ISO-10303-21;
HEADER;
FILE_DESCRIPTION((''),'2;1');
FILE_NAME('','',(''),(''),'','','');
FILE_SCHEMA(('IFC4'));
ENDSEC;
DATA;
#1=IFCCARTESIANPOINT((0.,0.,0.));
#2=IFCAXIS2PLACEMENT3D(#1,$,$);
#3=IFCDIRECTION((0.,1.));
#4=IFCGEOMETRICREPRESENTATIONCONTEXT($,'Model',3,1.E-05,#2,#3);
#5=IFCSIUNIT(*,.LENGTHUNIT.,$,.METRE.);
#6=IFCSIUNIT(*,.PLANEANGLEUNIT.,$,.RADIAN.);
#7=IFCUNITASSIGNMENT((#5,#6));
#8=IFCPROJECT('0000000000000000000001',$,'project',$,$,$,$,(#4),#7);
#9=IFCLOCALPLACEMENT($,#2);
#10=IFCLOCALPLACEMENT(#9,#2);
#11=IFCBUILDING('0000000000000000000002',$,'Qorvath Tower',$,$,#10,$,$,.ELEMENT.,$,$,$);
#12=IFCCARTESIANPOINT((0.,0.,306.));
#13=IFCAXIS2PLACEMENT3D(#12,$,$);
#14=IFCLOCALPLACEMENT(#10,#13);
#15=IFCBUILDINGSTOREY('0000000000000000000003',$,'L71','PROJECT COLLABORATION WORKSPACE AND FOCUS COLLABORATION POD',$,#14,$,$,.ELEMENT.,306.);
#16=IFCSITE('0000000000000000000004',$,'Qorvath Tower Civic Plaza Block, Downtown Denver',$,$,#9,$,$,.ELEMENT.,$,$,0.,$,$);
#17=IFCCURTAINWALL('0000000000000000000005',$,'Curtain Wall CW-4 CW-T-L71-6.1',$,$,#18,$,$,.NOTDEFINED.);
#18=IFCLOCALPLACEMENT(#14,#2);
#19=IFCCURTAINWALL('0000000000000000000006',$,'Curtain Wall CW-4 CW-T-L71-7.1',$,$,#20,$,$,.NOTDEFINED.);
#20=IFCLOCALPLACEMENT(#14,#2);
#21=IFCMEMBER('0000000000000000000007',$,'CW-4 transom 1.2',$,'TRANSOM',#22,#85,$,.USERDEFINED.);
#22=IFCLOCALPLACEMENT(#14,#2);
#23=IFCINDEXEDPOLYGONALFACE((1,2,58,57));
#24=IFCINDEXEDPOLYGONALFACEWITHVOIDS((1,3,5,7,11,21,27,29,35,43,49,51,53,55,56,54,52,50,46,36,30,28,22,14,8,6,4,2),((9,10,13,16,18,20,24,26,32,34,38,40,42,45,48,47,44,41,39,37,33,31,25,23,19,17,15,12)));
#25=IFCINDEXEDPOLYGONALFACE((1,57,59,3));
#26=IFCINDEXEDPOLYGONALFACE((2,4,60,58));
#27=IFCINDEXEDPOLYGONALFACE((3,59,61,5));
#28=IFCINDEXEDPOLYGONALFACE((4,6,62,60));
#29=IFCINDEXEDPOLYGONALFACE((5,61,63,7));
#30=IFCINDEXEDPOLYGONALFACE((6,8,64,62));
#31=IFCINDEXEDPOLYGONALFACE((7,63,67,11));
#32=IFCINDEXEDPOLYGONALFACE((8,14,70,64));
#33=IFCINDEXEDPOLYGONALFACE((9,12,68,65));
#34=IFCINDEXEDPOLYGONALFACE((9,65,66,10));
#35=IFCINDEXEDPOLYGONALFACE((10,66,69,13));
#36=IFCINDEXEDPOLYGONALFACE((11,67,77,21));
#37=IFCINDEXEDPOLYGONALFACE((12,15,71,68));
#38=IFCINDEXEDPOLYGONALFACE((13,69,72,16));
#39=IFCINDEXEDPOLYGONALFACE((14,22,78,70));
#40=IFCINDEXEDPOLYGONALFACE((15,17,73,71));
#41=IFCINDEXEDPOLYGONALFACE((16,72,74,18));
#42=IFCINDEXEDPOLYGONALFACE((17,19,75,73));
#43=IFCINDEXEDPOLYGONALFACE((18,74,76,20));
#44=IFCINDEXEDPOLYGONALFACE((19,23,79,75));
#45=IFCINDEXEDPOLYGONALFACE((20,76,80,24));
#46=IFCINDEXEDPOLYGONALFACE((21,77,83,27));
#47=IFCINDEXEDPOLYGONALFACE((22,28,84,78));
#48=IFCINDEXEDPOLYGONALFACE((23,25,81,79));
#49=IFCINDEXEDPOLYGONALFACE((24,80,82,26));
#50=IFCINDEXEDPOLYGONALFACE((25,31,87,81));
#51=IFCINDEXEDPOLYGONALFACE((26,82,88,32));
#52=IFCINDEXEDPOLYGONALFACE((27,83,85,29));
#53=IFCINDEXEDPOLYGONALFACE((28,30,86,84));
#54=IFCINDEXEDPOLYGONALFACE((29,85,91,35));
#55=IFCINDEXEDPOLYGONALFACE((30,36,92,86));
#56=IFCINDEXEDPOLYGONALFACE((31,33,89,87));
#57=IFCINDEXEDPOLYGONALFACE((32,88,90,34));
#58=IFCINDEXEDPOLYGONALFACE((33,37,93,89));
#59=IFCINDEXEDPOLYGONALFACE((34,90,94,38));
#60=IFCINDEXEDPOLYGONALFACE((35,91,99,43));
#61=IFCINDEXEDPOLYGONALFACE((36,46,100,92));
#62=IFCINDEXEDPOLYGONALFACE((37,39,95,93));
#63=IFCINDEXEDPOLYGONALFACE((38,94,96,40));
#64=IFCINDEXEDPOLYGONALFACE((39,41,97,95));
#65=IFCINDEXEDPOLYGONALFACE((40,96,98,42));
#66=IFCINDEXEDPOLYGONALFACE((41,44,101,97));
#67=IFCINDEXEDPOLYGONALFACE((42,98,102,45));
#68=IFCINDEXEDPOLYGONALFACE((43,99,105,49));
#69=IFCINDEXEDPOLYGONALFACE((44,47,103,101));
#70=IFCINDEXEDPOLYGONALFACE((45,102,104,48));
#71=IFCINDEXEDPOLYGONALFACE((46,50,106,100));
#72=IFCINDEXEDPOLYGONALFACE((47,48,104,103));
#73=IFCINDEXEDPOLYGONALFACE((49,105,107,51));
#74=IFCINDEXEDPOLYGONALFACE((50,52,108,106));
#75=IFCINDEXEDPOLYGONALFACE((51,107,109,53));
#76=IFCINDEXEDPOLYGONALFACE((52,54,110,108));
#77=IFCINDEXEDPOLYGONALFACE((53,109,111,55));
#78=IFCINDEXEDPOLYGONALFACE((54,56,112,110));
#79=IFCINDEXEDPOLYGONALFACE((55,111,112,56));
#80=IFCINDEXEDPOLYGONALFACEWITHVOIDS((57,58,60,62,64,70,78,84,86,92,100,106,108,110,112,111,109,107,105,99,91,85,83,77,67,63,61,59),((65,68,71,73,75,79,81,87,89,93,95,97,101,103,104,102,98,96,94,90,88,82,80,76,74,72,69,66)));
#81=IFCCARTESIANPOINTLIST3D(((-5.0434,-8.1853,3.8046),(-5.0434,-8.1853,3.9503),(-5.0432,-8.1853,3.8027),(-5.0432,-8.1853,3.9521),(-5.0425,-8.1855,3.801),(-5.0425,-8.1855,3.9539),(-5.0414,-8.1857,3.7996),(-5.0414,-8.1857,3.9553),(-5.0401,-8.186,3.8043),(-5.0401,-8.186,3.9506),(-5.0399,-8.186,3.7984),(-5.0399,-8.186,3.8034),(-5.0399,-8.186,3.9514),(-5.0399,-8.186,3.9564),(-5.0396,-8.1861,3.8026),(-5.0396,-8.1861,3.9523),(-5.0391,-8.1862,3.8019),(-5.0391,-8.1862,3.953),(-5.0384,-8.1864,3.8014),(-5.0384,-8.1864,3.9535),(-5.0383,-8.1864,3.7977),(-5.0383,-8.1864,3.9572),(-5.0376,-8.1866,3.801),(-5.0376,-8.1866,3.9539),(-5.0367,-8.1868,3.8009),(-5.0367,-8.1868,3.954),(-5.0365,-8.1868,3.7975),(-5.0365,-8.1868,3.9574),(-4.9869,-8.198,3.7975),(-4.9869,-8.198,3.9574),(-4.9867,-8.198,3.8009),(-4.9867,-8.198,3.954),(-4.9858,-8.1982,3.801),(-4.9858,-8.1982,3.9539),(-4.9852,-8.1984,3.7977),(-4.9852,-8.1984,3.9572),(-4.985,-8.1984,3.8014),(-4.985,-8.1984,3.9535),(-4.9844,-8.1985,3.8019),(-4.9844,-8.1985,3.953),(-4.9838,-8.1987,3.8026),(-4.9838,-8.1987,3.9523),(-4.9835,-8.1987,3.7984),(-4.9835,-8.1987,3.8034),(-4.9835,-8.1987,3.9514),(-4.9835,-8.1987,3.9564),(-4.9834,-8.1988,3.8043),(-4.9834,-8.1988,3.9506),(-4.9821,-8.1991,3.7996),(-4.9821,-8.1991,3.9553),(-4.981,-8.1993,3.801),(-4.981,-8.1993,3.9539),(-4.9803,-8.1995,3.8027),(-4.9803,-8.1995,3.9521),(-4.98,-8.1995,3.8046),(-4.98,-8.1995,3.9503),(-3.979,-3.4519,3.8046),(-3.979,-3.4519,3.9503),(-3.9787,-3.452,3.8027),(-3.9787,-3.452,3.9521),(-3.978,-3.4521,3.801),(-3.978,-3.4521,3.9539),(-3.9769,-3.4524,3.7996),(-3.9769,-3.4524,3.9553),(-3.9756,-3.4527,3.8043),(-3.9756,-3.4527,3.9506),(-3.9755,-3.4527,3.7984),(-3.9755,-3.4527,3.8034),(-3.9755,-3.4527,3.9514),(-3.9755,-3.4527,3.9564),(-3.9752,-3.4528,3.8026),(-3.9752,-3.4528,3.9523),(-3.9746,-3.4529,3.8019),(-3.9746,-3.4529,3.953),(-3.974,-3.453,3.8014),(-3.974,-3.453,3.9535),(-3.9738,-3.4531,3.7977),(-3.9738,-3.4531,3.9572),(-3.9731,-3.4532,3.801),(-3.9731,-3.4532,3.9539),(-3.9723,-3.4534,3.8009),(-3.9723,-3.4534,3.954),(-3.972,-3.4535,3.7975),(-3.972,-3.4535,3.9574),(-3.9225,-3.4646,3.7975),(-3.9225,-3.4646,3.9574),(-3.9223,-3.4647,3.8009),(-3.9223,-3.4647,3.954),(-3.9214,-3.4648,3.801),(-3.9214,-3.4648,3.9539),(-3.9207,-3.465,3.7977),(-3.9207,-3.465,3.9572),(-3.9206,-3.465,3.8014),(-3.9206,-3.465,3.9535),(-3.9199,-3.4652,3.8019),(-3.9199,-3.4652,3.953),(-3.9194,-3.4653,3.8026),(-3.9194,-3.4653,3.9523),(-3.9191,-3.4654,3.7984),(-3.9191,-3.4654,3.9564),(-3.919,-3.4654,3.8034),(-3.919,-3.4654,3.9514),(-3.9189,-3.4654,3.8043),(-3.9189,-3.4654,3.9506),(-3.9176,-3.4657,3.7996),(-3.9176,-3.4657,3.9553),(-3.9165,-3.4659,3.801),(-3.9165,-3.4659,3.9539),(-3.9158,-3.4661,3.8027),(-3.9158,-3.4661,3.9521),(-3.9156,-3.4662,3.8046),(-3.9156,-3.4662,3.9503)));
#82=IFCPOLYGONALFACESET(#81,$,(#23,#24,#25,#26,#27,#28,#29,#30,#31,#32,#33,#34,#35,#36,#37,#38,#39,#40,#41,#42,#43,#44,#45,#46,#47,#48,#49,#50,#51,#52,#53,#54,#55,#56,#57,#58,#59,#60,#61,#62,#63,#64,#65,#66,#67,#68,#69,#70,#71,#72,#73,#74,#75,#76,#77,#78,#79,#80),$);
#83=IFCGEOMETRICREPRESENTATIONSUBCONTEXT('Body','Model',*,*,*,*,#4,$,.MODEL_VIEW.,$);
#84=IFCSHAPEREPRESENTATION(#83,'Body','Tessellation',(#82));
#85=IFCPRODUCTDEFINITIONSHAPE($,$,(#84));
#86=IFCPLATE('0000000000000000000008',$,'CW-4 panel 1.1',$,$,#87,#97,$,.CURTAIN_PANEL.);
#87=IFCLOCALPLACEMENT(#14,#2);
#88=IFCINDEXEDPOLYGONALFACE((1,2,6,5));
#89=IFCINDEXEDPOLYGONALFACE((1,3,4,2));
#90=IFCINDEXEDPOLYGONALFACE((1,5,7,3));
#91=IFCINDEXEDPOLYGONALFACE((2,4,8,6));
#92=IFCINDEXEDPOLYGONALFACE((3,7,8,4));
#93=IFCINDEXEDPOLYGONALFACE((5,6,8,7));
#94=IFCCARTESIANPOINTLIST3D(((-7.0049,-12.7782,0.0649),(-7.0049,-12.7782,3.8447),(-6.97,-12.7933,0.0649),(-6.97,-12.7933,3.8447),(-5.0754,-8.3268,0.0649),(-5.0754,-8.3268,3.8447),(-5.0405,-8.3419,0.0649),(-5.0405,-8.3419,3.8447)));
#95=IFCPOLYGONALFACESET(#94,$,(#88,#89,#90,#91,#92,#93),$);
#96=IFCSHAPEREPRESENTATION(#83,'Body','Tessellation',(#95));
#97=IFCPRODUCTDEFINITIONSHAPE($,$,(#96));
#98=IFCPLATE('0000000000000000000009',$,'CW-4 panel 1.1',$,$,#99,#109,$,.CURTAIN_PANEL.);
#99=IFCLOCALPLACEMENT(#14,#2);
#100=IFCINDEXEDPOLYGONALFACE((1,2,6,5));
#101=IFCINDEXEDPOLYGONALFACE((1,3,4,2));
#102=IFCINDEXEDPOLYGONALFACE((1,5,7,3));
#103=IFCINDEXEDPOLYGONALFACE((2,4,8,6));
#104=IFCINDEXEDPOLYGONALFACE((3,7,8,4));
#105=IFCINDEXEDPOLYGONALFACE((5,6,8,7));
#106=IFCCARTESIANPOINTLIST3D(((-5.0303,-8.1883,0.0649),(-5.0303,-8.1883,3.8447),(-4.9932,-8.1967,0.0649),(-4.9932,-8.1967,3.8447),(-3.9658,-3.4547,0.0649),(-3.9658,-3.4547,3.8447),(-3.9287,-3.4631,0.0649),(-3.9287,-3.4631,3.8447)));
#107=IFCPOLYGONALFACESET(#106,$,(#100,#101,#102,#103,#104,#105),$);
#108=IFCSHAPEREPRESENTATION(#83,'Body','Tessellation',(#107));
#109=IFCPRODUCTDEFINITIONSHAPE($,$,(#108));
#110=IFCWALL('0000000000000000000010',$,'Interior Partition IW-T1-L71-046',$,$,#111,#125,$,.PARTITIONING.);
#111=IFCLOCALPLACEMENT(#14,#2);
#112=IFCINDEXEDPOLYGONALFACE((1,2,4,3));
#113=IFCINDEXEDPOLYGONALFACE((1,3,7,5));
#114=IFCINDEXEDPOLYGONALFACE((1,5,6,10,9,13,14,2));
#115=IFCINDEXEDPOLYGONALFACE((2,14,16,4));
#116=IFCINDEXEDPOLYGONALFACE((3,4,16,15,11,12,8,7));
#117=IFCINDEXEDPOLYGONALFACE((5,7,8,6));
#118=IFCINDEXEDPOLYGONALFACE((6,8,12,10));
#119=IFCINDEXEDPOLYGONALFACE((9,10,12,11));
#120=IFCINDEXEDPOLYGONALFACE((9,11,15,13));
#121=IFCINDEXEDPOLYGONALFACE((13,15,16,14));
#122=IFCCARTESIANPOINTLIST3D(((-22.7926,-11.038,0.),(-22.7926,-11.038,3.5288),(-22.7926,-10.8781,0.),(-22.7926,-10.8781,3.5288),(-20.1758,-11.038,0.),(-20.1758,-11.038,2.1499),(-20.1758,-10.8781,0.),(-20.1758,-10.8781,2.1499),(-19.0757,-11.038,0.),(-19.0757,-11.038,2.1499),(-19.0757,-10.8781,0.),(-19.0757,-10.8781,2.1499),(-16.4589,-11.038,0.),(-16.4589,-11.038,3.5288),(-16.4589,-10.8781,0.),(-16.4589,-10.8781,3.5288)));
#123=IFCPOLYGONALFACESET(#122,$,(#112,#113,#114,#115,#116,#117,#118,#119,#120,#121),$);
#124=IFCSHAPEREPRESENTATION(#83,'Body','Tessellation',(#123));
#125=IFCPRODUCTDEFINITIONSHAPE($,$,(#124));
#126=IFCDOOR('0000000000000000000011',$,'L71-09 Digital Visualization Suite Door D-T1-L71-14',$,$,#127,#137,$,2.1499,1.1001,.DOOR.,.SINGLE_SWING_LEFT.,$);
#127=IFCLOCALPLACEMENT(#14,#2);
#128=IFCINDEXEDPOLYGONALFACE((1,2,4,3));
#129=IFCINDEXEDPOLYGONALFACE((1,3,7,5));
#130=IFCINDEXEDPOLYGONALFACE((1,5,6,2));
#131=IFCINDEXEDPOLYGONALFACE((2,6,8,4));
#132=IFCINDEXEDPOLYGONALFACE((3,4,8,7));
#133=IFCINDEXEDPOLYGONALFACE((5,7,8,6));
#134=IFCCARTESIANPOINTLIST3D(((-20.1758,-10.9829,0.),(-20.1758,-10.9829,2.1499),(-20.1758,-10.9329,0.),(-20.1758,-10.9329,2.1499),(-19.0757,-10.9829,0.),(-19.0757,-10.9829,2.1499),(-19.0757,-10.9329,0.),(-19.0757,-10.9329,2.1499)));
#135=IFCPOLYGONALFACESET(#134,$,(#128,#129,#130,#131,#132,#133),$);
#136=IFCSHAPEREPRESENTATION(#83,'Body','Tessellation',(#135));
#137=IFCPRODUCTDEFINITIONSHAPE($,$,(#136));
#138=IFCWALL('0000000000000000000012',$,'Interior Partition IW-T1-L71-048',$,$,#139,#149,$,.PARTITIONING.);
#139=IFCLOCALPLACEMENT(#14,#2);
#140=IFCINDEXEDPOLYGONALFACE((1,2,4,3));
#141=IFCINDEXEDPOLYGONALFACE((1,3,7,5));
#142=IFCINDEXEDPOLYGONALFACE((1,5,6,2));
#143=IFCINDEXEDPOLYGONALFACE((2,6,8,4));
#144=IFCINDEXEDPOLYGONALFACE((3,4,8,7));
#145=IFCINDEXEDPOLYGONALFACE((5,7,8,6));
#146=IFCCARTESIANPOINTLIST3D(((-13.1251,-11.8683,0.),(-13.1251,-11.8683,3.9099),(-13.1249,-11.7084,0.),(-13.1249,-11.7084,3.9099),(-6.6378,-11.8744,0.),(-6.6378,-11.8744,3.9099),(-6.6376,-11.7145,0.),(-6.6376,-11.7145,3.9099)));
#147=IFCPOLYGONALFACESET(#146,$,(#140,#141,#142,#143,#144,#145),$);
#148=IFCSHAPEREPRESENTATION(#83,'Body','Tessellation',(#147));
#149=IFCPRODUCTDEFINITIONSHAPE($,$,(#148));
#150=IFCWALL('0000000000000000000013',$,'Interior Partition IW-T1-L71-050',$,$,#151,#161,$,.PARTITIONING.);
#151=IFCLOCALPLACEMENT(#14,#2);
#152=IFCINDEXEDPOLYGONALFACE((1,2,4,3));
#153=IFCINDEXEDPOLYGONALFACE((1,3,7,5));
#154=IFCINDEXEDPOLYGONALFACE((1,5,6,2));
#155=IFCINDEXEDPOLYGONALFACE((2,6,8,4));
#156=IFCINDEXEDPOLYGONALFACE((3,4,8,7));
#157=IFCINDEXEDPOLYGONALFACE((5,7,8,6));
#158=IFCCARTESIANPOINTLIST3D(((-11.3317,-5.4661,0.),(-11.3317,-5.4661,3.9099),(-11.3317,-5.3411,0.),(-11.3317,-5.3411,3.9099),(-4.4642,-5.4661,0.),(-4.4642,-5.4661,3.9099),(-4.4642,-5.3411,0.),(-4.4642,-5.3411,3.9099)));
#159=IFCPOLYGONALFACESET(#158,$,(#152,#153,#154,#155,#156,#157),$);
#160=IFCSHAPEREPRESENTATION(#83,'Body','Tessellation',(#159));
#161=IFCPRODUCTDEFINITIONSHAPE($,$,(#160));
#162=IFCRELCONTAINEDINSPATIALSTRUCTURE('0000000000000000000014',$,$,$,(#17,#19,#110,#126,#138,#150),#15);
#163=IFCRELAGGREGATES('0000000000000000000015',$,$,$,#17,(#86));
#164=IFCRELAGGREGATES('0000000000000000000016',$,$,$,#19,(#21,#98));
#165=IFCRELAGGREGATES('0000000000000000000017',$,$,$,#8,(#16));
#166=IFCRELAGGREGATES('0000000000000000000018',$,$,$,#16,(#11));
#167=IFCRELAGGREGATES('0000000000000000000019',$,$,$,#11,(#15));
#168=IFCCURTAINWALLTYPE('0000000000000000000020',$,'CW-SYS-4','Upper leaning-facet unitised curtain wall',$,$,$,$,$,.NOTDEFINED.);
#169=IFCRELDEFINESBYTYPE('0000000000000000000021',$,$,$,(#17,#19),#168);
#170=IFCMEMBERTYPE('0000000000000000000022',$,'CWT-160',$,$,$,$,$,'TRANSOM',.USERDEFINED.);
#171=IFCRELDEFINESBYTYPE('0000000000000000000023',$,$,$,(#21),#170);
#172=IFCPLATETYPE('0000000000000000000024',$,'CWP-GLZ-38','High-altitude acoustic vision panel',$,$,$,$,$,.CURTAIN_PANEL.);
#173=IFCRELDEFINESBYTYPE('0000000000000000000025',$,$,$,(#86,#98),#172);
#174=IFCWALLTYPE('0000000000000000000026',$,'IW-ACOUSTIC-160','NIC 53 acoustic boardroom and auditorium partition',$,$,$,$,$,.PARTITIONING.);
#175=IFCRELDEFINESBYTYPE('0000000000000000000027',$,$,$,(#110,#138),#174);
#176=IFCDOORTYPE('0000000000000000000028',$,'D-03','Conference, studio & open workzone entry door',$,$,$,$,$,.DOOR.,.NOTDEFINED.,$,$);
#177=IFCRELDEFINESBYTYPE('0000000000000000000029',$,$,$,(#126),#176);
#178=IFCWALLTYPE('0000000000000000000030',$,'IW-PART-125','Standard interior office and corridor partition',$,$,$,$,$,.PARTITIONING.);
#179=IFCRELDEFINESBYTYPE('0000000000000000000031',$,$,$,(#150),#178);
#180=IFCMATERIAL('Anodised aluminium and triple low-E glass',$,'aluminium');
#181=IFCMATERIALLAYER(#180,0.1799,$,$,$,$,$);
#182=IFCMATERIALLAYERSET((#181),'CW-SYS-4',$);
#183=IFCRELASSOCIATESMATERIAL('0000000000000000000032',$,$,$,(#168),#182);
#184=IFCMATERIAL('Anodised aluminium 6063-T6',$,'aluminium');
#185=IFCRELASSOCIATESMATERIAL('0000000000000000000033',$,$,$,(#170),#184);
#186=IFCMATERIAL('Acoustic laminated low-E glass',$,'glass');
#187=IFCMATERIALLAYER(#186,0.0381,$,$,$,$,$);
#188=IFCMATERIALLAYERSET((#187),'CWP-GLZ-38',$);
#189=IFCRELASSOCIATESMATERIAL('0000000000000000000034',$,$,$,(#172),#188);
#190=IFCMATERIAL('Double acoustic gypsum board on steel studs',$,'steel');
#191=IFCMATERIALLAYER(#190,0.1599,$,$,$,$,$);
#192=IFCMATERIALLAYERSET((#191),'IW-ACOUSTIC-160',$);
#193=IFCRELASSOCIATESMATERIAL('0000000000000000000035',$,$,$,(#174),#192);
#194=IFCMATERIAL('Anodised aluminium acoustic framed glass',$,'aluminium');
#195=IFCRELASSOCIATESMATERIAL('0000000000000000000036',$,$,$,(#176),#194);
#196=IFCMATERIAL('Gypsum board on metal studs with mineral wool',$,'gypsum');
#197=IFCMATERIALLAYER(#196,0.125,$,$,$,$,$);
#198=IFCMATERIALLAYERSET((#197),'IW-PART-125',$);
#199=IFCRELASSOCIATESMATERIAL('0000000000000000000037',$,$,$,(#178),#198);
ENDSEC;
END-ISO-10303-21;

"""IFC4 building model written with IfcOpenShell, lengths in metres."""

from ifc_helpers import new_model, si_unit, direction, frame, frame_2d, origin, origin_2d, place, context, subcontext, project, spatial, rectangle, hollow_rectangle, extrude, material, layer, layer_set, material_profile, profile_set, type_object, element, fill, aggregate, save


model = new_model("IFC4")

# Units and contexts
model_context = context("Model", 3, precision=1e-05, world=origin(), true_north=direction((0.0, 1.0)))
body_context = subcontext(model_context, "Body", "Model", "MODEL_VIEW")
ifc_project = project(units=[si_unit("LENGTHUNIT", "METRE"), si_unit("PLANEANGLEUNIT", "RADIAN")], contexts=[model_context])

# Site, building, storey
site_placement = place(None, origin())
site = spatial("IfcSite", under=ifc_project, at=site_placement, Name="Qorvath Tower Civic Plaza Block, Downtown Denver", CompositionType="ELEMENT", RefElevation=0.0)
building_placement = place(site_placement, origin())
building = spatial("IfcBuilding", under=site, at=building_placement, Name="Qorvath Tower", CompositionType="ELEMENT")
storey_placement = place(building_placement, frame((0.0, 0.0, 306.0)))
storey = spatial("IfcBuildingStorey", under=building, at=storey_placement, Name="L71", Description="PROJECT COLLABORATION WORKSPACE AND FOCUS COLLABORATION POD", CompositionType="ELEMENT", Elevation=306.0)

# Curtain walls
ifc_material_1 = material(Name="Anodised aluminium and triple low-E glass", Category="aluminium")
ifc_layer_1 = layer(ifc_material_1, 0.1799)
ifc_layer_set_1 = layer_set([ifc_layer_1], Name="CW-SYS-4")
curtain_wall_type = type_object("IfcCurtainWallType", Name="CW-SYS-4", Description="Upper leaning-facet unitised curtain wall", PredefinedType="NOTDEFINED", material=ifc_layer_set_1)
curtain_wall_1_placement = place(storey_placement, origin())
curtain_wall_1 = element("IfcCurtainWall", 1, at=curtain_wall_1_placement, inside=storey, type_object=curtain_wall_type, Name="Curtain Wall CW-4 CW-T-L71-6.1", PredefinedType="NOTDEFINED")
curtain_wall_2_placement = place(storey_placement, origin())
curtain_wall_2 = element("IfcCurtainWall", 2, at=curtain_wall_2_placement, inside=storey, type_object=curtain_wall_type, Name="Curtain Wall CW-4 CW-T-L71-7.1", PredefinedType="NOTDEFINED")

# Member
ifc_material_2 = material(Name="Anodised aluminium 6063-T6", Category="aluminium")
ifc_material_profile_1 = material_profile(ifc_material_2, hollow_rectangle(XDim=0.0649, YDim=0.1599, WallThickness=0.0034, InnerFilletRadius=0.0034, OuterFilletRadius=0.0071, at=origin_2d()), Name="CWT 160x65")
ifc_profile_set_1 = profile_set([ifc_material_profile_1], Name="Anodised aluminium 6063-T6")
member_type_1 = type_object("IfcMemberType", Name="CWT-160", ElementType="TRANSOM", PredefinedType="USERDEFINED", material=ifc_profile_set_1)
member_1_placement = place(storey_placement, frame((-5.0117, -8.1924, 3.8774), z_axis=(0.219402, 0.975635, 0.0), x_axis=(-0.975635, 0.219402, 0.0)))
member_1 = element("IfcMember", 3, at=member_1_placement, type_object=member_type_1, Name="CW-4 transom 1.2", ObjectType="TRANSOM", PredefinedType="USERDEFINED", context=body_context, shape_type="SweptSolid", body=[
    extrude(hollow_rectangle(XDim=0.0649, YDim=0.1599, WallThickness=0.0034, InnerFilletRadius=0.0034, OuterFilletRadius=0.0071, at=origin_2d()), origin(), (0.0, 0.0, 1.0), 4.8516),
])

# Plates
ifc_material_3 = material(Name="Acoustic laminated low-E glass", Category="glass")
ifc_layer_2 = layer(ifc_material_3, 0.0381)
ifc_layer_set_2 = layer_set([ifc_layer_2], Name="CWP-GLZ-38")
plate_type = type_object("IfcPlateType", Name="CWP-GLZ-38", Description="High-altitude acoustic vision panel", PredefinedType="CURTAIN_PANEL", material=ifc_layer_set_2)
plate_1_placement = place(storey_placement, frame((-6.0227, -10.5601, 0.0649), z_axis=(0.0, 0.0, 1.0), x_axis=(0.397707, 0.917513, 0.0)))
plate_1 = element("IfcPlate", 4, at=plate_1_placement, type_object=plate_type, Name="CW-4 panel 1.1", PredefinedType="CURTAIN_PANEL", context=body_context, shape_type="SweptSolid", body=[
    extrude(rectangle(XDim=4.8516, YDim=0.0381, at=origin_2d()), origin(), (0.0, 0.0, 1.0), 3.7798),
])
aggregate(curtain_wall_1, [plate_1])
plate_2_placement = place(storey_placement, frame((-4.4795, -5.8257, 0.0649), z_axis=(0.0, 0.0, 1.0), x_axis=(0.219402, 0.975634, 0.0)))
plate_2 = element("IfcPlate", 5, at=plate_2_placement, type_object=plate_type, Name="CW-4 panel 1.1", PredefinedType="CURTAIN_PANEL", context=body_context, shape_type="SweptSolid", body=[
    extrude(rectangle(XDim=4.8518, YDim=0.0381, at=origin_2d()), origin(), (0.0, 0.0, 1.0), 3.7798),
])
aggregate(curtain_wall_2, [member_1, plate_2])

# Wall, opening, door
ifc_material_4 = material(Name="Double acoustic gypsum board on steel studs", Category="steel")
ifc_layer_3 = layer(ifc_material_4, 0.1599)
ifc_layer_set_3 = layer_set([ifc_layer_3], Name="IW-ACOUSTIC-160")
wall_type_1 = type_object("IfcWallType", Name="IW-ACOUSTIC-160", Description="NIC 53 acoustic boardroom and auditorium partition", PredefinedType="PARTITIONING", material=ifc_layer_set_3)
wall_1_placement = place(storey_placement, frame((-16.4587, -10.958, 0.0), z_axis=(0.0, 0.0, 1.0), x_axis=(-1.0, 0.0, 0.0)))
wall_1 = element("IfcWall", 6, at=wall_1_placement, inside=storey, type_object=wall_type_1, Name="Interior Partition IW-T1-L71-046", PredefinedType="PARTITIONING", context=body_context, shape_type="SweptSolid", body=[
    extrude(rectangle(XDim=6.3337, YDim=0.1599, at=frame_2d((3.167, 0.0))), origin(), (0.0, 0.0, 1.0), 3.5288),
])
opening_1_placement = place(wall_1_placement, frame((2.6169, 0.0, 0.0)))
opening_1 = element("IfcOpeningElement", 7, at=opening_1_placement, cuts=wall_1, PredefinedType="OPENING", context=body_context, shape_type="SweptSolid", body=[
    extrude(rectangle(XDim=1.1001, YDim=2.1499, at=frame_2d((0.55, 1.075))), frame((0.0, 0.0898, 0.0), z_axis=(0.0, -1.0, 0.0), x_axis=(1.0, 0.0, 0.0)), (0.0, 0.0, 1.0), 0.1799),
])
ifc_material_5 = material(Name="Anodised aluminium acoustic framed glass", Category="aluminium")
door_type_1 = type_object("IfcDoorType", Name="D-03", Description="Conference, studio & open workzone entry door", OperationType="NOTDEFINED", PredefinedType="DOOR", material=ifc_material_5)
door_1_placement = place(opening_1_placement, origin())
door_1 = element("IfcDoor", 8, at=door_1_placement, inside=storey, type_object=door_type_1, Name="L71-09 Digital Visualization Suite Door D-T1-L71-14", OperationType="SINGLE_SWING_LEFT", OverallHeight=2.1499, OverallWidth=1.1001, PredefinedType="DOOR", context=body_context, shape_type="SweptSolid", body=[
    extrude(rectangle(XDim=1.1001, YDim=2.1499, at=frame_2d((0.55, 1.075))), frame((0.0, 0.0249, 0.0), z_axis=(0.0, -1.0, 0.0), x_axis=(1.0, 0.0, 0.0)), (0.0, 0.0, 1.0), 0.05),
])
fill(opening_1, door_1)

# Wall
wall_2_placement = place(storey_placement, frame((-6.6377, -11.7944, 0.0), z_axis=(0.0, 0.0, 1.0), x_axis=(-1.0, 0.000941, 0.0)))
element("IfcWall", 9, at=wall_2_placement, inside=storey, type_object=wall_type_1, Name="Interior Partition IW-T1-L71-048", PredefinedType="PARTITIONING", context=body_context, shape_type="SweptSolid", body=[
    extrude(rectangle(XDim=6.4873, YDim=0.1599, at=frame_2d((3.2437, 0.0))), origin(), (0.0, 0.0, 1.0), 3.9099),
])

# Wall
ifc_material_6 = material(Name="Gypsum board on metal studs with mineral wool", Category="gypsum")
ifc_layer_4 = layer(ifc_material_6, 0.125)
ifc_layer_set_4 = layer_set([ifc_layer_4], Name="IW-PART-125")
wall_type_2 = type_object("IfcWallType", Name="IW-PART-125", Description="Standard interior office and corridor partition", PredefinedType="PARTITIONING", material=ifc_layer_set_4)
wall_3_placement = place(storey_placement, frame((-4.4644, -5.4036, 0.0), z_axis=(0.0, 0.0, 1.0), x_axis=(-1.0, 0.0, 0.0)))
element("IfcWall", 10, at=wall_3_placement, inside=storey, type_object=wall_type_2, Name="Interior Partition IW-T1-L71-050", PredefinedType="PARTITIONING", context=body_context, shape_type="SweptSolid", body=[
    extrude(rectangle(XDim=6.8674, YDim=0.125, at=frame_2d((3.4336, 0.0))), origin(), (0.0, 0.0, 1.0), 3.9099),
])

save(model, "model.ifc")
